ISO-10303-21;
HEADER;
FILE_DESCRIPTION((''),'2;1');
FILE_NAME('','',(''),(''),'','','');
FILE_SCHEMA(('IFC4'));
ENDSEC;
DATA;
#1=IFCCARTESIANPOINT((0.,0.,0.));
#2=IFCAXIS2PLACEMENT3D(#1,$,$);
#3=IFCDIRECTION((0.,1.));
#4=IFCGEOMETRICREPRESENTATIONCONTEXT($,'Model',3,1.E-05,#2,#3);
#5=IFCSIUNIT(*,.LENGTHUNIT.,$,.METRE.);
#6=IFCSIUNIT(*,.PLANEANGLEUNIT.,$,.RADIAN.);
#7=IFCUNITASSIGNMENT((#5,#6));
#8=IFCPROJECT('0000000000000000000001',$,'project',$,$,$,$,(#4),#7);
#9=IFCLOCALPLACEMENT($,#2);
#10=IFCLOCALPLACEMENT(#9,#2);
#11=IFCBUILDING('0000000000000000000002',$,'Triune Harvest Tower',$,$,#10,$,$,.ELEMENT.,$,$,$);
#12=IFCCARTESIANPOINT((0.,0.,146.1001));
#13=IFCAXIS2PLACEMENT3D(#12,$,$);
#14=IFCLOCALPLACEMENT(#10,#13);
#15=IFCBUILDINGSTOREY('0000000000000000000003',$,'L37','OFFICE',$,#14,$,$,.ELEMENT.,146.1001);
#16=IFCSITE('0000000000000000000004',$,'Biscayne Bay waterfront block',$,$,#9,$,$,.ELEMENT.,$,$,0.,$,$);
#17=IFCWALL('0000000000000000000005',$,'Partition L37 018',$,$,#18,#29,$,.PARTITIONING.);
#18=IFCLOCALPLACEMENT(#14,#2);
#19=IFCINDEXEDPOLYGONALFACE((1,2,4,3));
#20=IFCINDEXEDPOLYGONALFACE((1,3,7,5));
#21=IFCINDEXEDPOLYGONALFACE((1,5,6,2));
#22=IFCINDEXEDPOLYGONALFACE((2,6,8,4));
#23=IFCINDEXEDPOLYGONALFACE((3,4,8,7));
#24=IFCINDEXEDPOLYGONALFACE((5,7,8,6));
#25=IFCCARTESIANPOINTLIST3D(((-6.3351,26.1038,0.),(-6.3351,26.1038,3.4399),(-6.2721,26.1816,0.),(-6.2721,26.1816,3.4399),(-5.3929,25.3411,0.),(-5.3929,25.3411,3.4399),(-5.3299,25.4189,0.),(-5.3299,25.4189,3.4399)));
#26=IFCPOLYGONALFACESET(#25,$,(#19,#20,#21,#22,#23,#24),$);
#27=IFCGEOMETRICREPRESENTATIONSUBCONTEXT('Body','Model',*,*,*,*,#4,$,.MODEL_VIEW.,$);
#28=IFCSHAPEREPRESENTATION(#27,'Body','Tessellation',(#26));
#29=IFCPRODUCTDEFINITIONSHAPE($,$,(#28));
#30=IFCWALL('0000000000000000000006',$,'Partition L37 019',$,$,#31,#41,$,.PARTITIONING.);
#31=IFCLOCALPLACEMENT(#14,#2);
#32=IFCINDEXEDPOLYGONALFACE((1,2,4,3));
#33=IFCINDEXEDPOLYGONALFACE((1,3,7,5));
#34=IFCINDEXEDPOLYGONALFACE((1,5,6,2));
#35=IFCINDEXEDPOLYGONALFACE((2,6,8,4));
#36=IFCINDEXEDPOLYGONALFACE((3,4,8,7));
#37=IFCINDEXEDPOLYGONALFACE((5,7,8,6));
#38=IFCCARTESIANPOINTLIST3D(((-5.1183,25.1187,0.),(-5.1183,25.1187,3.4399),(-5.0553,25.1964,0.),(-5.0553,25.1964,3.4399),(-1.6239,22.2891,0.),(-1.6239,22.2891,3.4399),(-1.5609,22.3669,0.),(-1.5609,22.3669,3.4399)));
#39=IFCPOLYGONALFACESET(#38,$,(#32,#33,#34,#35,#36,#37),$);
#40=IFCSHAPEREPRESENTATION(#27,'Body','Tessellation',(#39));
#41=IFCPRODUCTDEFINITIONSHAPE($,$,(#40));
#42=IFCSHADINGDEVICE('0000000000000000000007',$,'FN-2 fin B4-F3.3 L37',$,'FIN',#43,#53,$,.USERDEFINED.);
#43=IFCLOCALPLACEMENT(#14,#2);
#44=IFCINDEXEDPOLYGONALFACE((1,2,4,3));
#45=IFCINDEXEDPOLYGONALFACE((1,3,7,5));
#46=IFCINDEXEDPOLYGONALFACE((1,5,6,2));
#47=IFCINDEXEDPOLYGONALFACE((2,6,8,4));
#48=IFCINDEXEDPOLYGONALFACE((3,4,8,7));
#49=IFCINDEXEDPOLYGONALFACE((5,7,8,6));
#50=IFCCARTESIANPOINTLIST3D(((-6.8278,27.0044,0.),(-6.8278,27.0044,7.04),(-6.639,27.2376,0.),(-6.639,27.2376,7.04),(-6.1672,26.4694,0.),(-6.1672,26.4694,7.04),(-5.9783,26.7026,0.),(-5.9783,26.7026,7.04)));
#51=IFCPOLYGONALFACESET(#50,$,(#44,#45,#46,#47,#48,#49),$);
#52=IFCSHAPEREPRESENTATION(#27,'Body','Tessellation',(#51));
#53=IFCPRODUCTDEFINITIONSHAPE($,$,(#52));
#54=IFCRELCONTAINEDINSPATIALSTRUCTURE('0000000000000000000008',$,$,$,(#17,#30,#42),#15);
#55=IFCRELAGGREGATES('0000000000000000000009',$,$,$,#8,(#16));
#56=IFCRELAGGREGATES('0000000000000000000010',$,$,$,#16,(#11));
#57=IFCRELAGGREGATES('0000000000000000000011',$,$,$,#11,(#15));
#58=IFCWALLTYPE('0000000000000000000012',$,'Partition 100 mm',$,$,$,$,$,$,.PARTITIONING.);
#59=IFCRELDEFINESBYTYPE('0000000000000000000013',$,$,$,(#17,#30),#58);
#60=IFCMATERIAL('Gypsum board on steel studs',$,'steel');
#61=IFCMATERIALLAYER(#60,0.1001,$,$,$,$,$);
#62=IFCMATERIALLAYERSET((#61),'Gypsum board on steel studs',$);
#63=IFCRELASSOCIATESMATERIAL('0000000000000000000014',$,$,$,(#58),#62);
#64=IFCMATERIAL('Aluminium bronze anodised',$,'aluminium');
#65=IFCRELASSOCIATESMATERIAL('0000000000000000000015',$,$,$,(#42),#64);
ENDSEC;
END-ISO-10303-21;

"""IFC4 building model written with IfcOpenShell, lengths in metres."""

from ifc_helpers import new_model, si_unit, direction, frame, frame_2d, origin, origin_2d, place, context, subcontext, project, spatial, rectangle, extrude, source, transform, mapped, material, layer, layer_set, type_object, element, save


model = new_model("IFC4")

# Units and contexts
model_context = context("Model", 3, precision=1e-05, world=origin(), true_north=direction((0.0, 1.0)))
body_context = subcontext(model_context, "Body", "Model", "MODEL_VIEW")
ifc_project = project(units=[si_unit("LENGTHUNIT", "METRE"), si_unit("PLANEANGLEUNIT", "RADIAN")], contexts=[model_context])

# Site, building, storey
site_placement = place(None, origin())
site = spatial("IfcSite", under=ifc_project, at=site_placement, Name="Biscayne Bay waterfront block", CompositionType="ELEMENT", RefElevation=0.0)
building_placement = place(site_placement, origin())
building = spatial("IfcBuilding", under=site, at=building_placement, Name="Triune Harvest Tower", CompositionType="ELEMENT")
storey_placement = place(building_placement, frame((0.0, 0.0, 146.1001)))
storey = spatial("IfcBuildingStorey", under=building, at=storey_placement, Name="L37", Description="OFFICE", CompositionType="ELEMENT", Elevation=146.1001)

# Walls
ifc_material_1 = material(Name="Gypsum board on steel studs", Category="steel")
ifc_layer_1 = layer(ifc_material_1, 0.1001)
ifc_layer_set_1 = layer_set([ifc_layer_1], Name="Gypsum board on steel studs")
wall_type = type_object("IfcWallType", Name="Partition 100 mm", PredefinedType="PARTITIONING", material=ifc_layer_set_1)
shared_shape_1 = source(origin(), body_context, "Body", "SweptSolid", [
    extrude(rectangle(XDim=1.2122, YDim=0.1001, at=frame_2d((0.606, 0.0))), origin(), (0.0, 0.0, 1.0), 3.4399),
])
wall_1_placement = place(storey_placement, frame((-6.3035, 26.1426, 0.0), z_axis=(0.0, 0.0, 1.0), x_axis=(0.77724, -0.629204, 0.0)))
element("IfcWall", 1, at=wall_1_placement, inside=storey, type_object=wall_type, Name="Partition L37 018", PredefinedType="PARTITIONING", context=body_context, shape_type="MappedRepresentation", body=[
    mapped(shared_shape_1, transform((0.0, 0.0, 0.0), scale=1.0)),
])
shared_shape_2 = source(origin(), body_context, "Body", "SweptSolid", [
    extrude(rectangle(XDim=4.4963, YDim=0.1001, at=frame_2d((2.248, 0.0))), origin(), (0.0, 0.0, 1.0), 3.4399),
])
wall_2_placement = place(storey_placement, frame((-5.0867, 25.1575, 0.0), z_axis=(0.0, 0.0, 1.0), x_axis=(0.777158, -0.629306, 0.0)))
element("IfcWall", 2, at=wall_2_placement, inside=storey, type_object=wall_type, Name="Partition L37 019", PredefinedType="PARTITIONING", context=body_context, shape_type="MappedRepresentation", body=[
    mapped(shared_shape_2, transform((0.0, 0.0, 0.0), scale=1.0)),
])

# Shading device
ifc_material_2 = material(Name="Aluminium bronze anodised", Category="aluminium")
shared_shape_3 = source(origin(), body_context, "Body", "SweptSolid", [
    extrude(rectangle(XDim=0.3, YDim=0.8501, at=origin_2d()), origin(), (0.0, 0.0, 1.0), 7.04),
])
shading_device_placement = place(storey_placement, frame((-6.4031, 26.8535, 0.0), z_axis=(0.0, 0.0, 1.0), x_axis=(-0.629321, -0.777145, 0.0)))
element("IfcShadingDevice", 3, at=shading_device_placement, inside=storey, material=ifc_material_2, Name="FN-2 fin B4-F3.3 L37", ObjectType="FIN", PredefinedType="USERDEFINED", context=body_context, shape_type="MappedRepresentation", body=[
    mapped(shared_shape_3, transform((0.0, 0.0, 0.0), scale=1.0)),
])

save(model, "model.ifc")
